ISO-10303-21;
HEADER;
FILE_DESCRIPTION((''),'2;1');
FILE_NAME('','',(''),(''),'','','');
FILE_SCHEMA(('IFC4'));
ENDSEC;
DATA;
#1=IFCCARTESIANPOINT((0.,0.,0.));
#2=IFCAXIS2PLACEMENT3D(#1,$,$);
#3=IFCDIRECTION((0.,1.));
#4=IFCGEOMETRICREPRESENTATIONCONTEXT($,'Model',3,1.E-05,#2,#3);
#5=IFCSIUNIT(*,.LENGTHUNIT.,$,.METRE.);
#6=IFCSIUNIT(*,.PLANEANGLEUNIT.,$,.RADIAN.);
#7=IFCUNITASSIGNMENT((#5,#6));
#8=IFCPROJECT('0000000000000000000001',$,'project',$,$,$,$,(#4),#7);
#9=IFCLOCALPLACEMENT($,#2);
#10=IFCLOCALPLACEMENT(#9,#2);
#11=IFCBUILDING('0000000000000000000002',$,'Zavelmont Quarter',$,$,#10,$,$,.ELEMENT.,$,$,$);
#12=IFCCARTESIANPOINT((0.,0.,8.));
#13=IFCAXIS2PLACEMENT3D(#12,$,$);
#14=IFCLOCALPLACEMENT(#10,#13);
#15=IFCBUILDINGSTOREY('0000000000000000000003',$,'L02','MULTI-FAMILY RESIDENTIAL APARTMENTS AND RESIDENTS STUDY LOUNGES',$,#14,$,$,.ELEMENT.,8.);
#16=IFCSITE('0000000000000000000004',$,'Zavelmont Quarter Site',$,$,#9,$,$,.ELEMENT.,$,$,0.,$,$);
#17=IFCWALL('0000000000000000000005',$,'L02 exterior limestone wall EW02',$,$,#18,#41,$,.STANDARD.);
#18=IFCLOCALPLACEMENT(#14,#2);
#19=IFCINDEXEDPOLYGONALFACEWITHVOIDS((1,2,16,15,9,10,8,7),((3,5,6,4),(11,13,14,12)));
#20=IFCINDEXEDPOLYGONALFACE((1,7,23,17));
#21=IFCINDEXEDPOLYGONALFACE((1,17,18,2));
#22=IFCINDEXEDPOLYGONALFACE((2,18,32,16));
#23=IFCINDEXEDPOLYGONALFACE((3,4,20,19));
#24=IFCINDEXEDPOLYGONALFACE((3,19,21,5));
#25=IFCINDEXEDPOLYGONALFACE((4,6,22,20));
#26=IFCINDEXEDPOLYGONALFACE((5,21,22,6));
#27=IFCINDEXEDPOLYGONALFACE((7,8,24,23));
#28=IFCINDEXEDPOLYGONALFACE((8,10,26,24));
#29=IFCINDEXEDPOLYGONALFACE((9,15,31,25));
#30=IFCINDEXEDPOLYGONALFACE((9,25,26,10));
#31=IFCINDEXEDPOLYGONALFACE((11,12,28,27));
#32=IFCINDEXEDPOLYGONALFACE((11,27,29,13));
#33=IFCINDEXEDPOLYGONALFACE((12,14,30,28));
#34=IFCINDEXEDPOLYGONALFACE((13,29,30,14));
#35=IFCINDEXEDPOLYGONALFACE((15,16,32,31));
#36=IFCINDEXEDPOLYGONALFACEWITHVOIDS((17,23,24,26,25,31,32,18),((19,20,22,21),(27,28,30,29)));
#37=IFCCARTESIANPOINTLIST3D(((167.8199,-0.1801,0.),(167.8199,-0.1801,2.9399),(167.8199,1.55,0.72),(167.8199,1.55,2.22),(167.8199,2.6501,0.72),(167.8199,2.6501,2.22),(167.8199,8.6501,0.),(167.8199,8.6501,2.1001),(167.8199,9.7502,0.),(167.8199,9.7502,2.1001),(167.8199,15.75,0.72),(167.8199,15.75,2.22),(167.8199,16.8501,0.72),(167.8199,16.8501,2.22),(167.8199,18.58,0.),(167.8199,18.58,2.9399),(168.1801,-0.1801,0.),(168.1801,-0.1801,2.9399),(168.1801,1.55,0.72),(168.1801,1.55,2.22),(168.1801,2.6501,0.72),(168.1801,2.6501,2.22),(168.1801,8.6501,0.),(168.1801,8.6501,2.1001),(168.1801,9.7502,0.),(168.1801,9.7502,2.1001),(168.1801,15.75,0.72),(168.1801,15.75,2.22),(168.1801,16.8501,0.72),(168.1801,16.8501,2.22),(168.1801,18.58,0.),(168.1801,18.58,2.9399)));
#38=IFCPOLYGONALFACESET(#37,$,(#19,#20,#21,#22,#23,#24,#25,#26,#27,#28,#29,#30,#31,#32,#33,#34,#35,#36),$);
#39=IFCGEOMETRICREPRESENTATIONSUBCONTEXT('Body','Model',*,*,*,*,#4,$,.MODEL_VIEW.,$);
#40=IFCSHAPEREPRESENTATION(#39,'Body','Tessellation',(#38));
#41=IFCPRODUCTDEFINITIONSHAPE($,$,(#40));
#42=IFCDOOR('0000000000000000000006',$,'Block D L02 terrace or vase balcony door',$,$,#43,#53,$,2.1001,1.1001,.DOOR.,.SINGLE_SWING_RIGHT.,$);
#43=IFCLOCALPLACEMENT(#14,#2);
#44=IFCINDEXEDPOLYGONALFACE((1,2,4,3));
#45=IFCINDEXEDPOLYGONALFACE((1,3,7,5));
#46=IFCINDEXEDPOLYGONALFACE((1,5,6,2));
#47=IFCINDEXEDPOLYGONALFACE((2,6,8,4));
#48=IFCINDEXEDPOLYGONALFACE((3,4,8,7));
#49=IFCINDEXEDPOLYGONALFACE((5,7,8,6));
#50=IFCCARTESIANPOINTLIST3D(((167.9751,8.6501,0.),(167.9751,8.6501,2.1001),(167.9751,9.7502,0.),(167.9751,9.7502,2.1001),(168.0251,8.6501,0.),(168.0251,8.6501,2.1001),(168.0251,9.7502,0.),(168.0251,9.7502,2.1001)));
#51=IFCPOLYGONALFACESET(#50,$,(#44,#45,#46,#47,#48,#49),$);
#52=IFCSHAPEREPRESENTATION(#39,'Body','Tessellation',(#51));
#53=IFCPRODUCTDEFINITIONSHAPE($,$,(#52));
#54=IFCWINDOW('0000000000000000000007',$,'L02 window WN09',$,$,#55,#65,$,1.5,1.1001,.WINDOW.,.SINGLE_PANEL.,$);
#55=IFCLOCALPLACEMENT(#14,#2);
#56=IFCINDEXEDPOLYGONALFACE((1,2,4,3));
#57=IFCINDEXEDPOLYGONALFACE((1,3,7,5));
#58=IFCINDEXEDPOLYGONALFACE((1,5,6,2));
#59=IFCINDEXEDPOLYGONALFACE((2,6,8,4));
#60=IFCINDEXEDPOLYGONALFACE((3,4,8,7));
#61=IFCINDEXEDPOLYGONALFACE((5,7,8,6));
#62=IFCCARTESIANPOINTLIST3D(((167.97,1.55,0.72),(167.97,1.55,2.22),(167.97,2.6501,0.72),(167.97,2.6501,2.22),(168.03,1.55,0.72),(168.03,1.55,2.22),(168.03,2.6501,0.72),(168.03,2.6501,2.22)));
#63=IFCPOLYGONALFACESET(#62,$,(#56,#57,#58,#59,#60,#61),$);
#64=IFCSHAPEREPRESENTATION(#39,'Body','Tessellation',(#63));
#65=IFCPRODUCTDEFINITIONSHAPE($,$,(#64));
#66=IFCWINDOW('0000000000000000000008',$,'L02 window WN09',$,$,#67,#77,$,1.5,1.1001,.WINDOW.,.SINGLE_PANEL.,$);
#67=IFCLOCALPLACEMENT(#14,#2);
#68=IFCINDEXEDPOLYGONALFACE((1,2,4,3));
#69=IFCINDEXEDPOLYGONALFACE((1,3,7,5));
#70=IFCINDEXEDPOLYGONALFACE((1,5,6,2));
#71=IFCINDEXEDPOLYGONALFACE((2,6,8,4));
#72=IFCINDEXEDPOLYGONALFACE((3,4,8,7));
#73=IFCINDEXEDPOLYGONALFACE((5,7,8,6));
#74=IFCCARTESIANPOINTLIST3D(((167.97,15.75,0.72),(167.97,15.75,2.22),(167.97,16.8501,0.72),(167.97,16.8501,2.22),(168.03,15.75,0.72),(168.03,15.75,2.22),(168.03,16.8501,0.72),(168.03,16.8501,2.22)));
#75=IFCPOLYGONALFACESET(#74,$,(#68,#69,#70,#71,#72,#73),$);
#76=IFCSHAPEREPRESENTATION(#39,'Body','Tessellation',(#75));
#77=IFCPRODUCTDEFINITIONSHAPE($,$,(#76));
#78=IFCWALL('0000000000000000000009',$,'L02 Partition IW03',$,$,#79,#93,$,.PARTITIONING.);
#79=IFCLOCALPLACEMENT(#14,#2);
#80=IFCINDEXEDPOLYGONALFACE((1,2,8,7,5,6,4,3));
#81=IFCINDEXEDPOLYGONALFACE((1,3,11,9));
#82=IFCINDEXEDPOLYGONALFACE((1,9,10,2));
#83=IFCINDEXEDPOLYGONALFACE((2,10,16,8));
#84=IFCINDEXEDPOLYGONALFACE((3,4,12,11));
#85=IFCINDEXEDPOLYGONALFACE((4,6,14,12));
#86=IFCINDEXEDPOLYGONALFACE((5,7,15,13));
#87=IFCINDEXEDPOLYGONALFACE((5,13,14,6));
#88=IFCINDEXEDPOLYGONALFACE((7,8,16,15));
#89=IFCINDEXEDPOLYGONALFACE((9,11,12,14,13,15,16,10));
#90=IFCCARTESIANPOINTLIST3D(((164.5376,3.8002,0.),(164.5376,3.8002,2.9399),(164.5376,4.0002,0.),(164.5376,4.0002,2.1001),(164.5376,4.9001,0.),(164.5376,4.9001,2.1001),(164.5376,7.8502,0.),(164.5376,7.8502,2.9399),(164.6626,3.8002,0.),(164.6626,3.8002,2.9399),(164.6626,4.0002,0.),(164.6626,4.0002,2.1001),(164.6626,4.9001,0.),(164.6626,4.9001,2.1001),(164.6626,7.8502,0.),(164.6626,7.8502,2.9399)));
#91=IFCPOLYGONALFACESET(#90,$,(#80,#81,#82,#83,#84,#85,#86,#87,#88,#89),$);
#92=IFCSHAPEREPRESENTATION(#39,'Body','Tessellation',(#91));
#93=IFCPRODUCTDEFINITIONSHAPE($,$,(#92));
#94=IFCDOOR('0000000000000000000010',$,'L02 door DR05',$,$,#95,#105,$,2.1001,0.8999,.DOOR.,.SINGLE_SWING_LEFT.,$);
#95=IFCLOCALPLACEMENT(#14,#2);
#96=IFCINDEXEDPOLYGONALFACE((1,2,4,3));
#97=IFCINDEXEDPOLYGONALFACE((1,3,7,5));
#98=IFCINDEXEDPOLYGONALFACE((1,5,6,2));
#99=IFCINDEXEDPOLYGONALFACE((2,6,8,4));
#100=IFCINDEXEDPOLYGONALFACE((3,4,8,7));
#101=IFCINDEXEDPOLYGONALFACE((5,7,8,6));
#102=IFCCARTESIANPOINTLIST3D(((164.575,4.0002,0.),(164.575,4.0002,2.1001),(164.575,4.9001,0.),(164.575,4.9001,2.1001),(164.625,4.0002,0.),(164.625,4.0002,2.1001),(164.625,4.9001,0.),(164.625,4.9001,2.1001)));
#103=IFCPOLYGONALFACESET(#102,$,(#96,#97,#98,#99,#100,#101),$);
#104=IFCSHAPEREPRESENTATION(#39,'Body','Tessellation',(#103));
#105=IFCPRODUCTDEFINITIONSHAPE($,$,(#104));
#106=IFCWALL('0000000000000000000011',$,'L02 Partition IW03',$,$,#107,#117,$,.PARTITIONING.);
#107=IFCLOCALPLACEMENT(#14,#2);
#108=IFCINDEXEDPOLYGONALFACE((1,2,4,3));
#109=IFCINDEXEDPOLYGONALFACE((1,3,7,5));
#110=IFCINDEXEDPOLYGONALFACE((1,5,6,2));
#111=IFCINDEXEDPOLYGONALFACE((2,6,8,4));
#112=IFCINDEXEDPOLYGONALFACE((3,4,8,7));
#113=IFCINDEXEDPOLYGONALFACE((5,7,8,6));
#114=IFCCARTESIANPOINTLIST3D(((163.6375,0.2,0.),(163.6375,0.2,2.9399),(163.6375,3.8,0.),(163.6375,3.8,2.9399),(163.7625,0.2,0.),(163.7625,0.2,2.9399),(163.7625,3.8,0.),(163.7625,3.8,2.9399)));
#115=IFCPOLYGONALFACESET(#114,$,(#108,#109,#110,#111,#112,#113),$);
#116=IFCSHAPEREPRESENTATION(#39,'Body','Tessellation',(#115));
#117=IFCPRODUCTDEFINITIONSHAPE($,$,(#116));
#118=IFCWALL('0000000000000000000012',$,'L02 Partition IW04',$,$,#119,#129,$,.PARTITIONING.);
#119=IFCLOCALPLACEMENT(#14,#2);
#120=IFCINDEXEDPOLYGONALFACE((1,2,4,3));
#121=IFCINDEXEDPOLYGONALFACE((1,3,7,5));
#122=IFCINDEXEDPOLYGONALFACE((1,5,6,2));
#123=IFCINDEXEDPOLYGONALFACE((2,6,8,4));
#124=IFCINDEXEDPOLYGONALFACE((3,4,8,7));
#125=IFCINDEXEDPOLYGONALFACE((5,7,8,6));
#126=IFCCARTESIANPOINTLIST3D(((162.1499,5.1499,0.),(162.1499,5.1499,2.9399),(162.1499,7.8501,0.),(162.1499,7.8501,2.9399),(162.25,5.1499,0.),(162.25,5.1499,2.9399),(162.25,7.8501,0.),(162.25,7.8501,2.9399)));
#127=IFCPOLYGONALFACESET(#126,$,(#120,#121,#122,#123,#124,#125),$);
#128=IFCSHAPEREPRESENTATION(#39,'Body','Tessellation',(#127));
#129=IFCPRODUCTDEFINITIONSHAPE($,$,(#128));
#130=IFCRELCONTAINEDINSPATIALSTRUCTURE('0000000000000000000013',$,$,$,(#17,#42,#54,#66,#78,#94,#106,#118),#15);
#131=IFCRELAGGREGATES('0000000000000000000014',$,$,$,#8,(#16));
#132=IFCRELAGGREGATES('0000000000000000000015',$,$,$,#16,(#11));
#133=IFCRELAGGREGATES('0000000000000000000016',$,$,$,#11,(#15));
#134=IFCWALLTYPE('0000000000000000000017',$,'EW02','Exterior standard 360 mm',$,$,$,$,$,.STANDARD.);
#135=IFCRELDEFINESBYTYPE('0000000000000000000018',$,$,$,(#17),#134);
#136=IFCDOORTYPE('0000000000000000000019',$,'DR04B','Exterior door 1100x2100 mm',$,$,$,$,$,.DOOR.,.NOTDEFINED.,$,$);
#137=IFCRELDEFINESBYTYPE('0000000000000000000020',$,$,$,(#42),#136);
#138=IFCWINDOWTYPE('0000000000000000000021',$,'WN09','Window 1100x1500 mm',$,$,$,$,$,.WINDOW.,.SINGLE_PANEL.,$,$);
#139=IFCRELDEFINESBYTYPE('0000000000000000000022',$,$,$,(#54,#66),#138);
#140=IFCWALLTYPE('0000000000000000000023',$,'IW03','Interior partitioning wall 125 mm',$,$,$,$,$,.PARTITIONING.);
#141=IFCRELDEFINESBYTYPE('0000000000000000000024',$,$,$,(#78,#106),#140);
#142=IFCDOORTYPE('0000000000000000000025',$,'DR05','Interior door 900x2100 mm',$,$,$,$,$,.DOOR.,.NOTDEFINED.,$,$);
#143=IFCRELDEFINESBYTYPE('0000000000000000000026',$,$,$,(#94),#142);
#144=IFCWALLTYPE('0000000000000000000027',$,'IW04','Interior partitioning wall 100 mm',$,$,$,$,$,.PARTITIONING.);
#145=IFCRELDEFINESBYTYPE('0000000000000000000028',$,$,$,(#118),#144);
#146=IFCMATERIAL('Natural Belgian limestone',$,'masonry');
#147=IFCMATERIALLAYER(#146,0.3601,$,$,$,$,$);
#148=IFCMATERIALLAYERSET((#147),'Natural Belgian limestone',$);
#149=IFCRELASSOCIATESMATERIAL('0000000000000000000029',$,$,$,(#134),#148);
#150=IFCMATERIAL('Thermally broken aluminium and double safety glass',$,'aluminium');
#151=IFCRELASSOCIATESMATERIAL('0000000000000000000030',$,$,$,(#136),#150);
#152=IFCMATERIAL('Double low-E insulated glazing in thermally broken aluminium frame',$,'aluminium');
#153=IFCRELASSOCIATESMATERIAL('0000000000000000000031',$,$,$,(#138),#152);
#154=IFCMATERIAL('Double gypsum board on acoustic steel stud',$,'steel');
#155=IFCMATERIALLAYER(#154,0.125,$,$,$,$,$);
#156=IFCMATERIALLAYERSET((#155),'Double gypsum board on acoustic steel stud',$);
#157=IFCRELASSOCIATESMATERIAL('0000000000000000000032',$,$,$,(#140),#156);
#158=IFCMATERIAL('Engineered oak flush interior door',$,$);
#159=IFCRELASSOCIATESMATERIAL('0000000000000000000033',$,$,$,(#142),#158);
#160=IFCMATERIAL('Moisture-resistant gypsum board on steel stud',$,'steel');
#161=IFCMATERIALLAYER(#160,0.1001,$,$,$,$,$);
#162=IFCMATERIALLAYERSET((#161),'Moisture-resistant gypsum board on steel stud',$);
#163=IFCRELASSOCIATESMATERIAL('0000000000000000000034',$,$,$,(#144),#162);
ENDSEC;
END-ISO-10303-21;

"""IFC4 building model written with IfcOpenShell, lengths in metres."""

from ifc_helpers import new_model, si_unit, direction, frame, frame_2d, origin, origin_with_axes, place, context, subcontext, project, spatial, rectangle, extrude, material, layer, layer_set, type_object, element, fill, save


model = new_model("IFC4")

# Units and contexts
model_context = context("Model", 3, precision=1e-05, world=origin(), true_north=direction((0.0, 1.0)))
body_context = subcontext(model_context, "Body", "Model", "MODEL_VIEW")
ifc_project = project(units=[si_unit("LENGTHUNIT", "METRE"), si_unit("PLANEANGLEUNIT", "RADIAN")], contexts=[model_context])

# Site, building, storey
site_placement = place(None, origin())
site = spatial("IfcSite", under=ifc_project, at=site_placement, Name="Zavelmont Quarter Site", CompositionType="ELEMENT", RefElevation=0.0)
building_placement = place(site_placement, origin())
building = spatial("IfcBuilding", under=site, at=building_placement, Name="Zavelmont Quarter", CompositionType="ELEMENT")
storey_placement = place(building_placement, frame((0.0, 0.0, 8.0)))
storey = spatial("IfcBuildingStorey", under=building, at=storey_placement, Name="L02", Description="MULTI-FAMILY RESIDENTIAL APARTMENTS AND RESIDENTS STUDY LOUNGES", CompositionType="ELEMENT", Elevation=8.0)

# Wall, openings, door, windows
ifc_material_1 = material(Name="Natural Belgian limestone", Category="masonry")
ifc_layer_1 = layer(ifc_material_1, 0.3601)
ifc_layer_set_1 = layer_set([ifc_layer_1], Name="Natural Belgian limestone")
wall_type_1 = type_object("IfcWallType", Name="EW02", Description="Exterior standard 360 mm", PredefinedType="STANDARD", material=ifc_layer_set_1)
wall_1_placement = place(storey_placement, frame((168.0, -0.1799, 0.0), z_axis=(0.0, 0.0, 1.0), x_axis=(0.0, 1.0, 0.0)))
wall_1 = element("IfcWall", 1, at=wall_1_placement, inside=storey, type_object=wall_type_1, Name="L02 exterior limestone wall EW02", PredefinedType="STANDARD", context=body_context, shape_type="SweptSolid", body=[
    extrude(rectangle(XDim=18.76, YDim=0.3601, at=frame_2d((9.3799, 0.0))), origin(), (0.0, 0.0, 1.0), 2.9399),
])
opening_1_placement = place(wall_1_placement, frame((8.8301, 0.0, 0.0)))
opening_1 = element("IfcOpeningElement", 2, at=opening_1_placement, cuts=wall_1, PredefinedType="OPENING", context=body_context, shape_type="SweptSolid", body=[
    extrude(rectangle(XDim=1.1001, YDim=2.1001, at=frame_2d((0.55, 1.05))), frame((0.0, 0.1919, 0.0), z_axis=(0.0, -1.0, 0.0), x_axis=(1.0, 0.0, 0.0)), (0.0, 0.0, 1.0), 0.384),
])
opening_2_placement = place(wall_1_placement, frame((1.73, 0.0, 0.72)))
opening_2 = element("IfcOpeningElement", 3, at=opening_2_placement, cuts=wall_1, PredefinedType="OPENING", context=body_context, shape_type="SweptSolid", body=[
    extrude(rectangle(XDim=1.1001, YDim=1.5, at=frame_2d((0.55, 0.75))), frame((0.0, 0.1919, 0.0), z_axis=(0.0, -1.0, 0.0), x_axis=(1.0, 0.0, 0.0)), (0.0, 0.0, 1.0), 0.384),
])
opening_3_placement = place(wall_1_placement, frame((15.9299, 0.0, 0.72)))
opening_3 = element("IfcOpeningElement", 4, at=opening_3_placement, cuts=wall_1, PredefinedType="OPENING", context=body_context, shape_type="SweptSolid", body=[
    extrude(rectangle(XDim=1.1001, YDim=1.5, at=frame_2d((0.55, 0.75))), frame((0.0, 0.1919, 0.0), z_axis=(0.0, -1.0, 0.0), x_axis=(1.0, 0.0, 0.0)), (0.0, 0.0, 1.0), 0.384),
])
ifc_material_2 = material(Name="Thermally broken aluminium and double safety glass", Category="aluminium")
door_type_1 = type_object("IfcDoorType", Name="DR04B", Description="Exterior door 1100x2100 mm", OperationType="NOTDEFINED", PredefinedType="DOOR", material=ifc_material_2)
door_1_placement = place(opening_1_placement, origin_with_axes())
door_1 = element("IfcDoor", 5, at=door_1_placement, inside=storey, type_object=door_type_1, Name="Block D L02 terrace or vase balcony door", OperationType="SINGLE_SWING_RIGHT", OverallHeight=2.1001, OverallWidth=1.1001, PredefinedType="DOOR", context=body_context, shape_type="SweptSolid", body=[
    extrude(rectangle(XDim=1.1001, YDim=2.1001, at=frame_2d((0.55, 1.05))), frame((0.0, 0.0249, 0.0), z_axis=(0.0, -1.0, 0.0), x_axis=(1.0, 0.0, 0.0)), (0.0, 0.0, 1.0), 0.05),
])
fill(opening_1, door_1)
ifc_material_3 = material(Name="Double low-E insulated glazing in thermally broken aluminium frame", Category="aluminium")
window_type = type_object("IfcWindowType", Name="WN09", Description="Window 1100x1500 mm", PartitioningType="SINGLE_PANEL", PredefinedType="WINDOW", material=ifc_material_3)
window_1_placement = place(opening_2_placement, origin_with_axes())
window_1 = element("IfcWindow", 6, at=window_1_placement, inside=storey, type_object=window_type, Name="L02 window WN09", OverallHeight=1.5, OverallWidth=1.1001, PartitioningType="SINGLE_PANEL", PredefinedType="WINDOW", context=body_context, shape_type="SweptSolid", body=[
    extrude(rectangle(XDim=1.1001, YDim=1.5, at=frame_2d((0.55, 0.75))), frame((0.0, 0.03, 0.0), z_axis=(0.0, -1.0, 0.0), x_axis=(1.0, 0.0, 0.0)), (0.0, 0.0, 1.0), 0.0601),
])
fill(opening_2, window_1)
window_2_placement = place(opening_3_placement, origin_with_axes())
window_2 = element("IfcWindow", 7, at=window_2_placement, inside=storey, type_object=window_type, Name="L02 window WN09", OverallHeight=1.5, OverallWidth=1.1001, PartitioningType="SINGLE_PANEL", PredefinedType="WINDOW", context=body_context, shape_type="SweptSolid", body=[
    extrude(rectangle(XDim=1.1001, YDim=1.5, at=frame_2d((0.55, 0.75))), frame((0.0, 0.03, 0.0), z_axis=(0.0, -1.0, 0.0), x_axis=(1.0, 0.0, 0.0)), (0.0, 0.0, 1.0), 0.0601),
])
fill(opening_3, window_2)

# Wall, opening, door
ifc_material_4 = material(Name="Double gypsum board on acoustic steel stud", Category="steel")
ifc_layer_2 = layer(ifc_material_4, 0.125)
ifc_layer_set_2 = layer_set([ifc_layer_2], Name="Double gypsum board on acoustic steel stud")
wall_type_2 = type_object("IfcWallType", Name="IW03", Description="Interior partitioning wall 125 mm", PredefinedType="PARTITIONING", material=ifc_layer_set_2)
wall_2_placement = place(storey_placement, frame((164.6001, 7.8501, 0.0), z_axis=(0.0, 0.0, 1.0), x_axis=(0.0, -1.0, 0.0)))
wall_2 = element("IfcWall", 8, at=wall_2_placement, inside=storey, type_object=wall_type_2, Name="L02 Partition IW03", PredefinedType="PARTITIONING", context=body_context, shape_type="SweptSolid", body=[
    extrude(rectangle(XDim=4.05, YDim=0.125, at=frame_2d((2.0249, 0.0))), origin(), (0.0, 0.0, 1.0), 2.9399),
])
opening_4_placement = place(wall_2_placement, frame((2.95, 0.0, 0.0)))
opening_4 = element("IfcOpeningElement", 9, at=opening_4_placement, cuts=wall_2, PredefinedType="OPENING", context=body_context, shape_type="SweptSolid", body=[
    extrude(rectangle(XDim=0.8999, YDim=2.1001, at=frame_2d((0.45, 1.05))), frame((0.0, 0.0745, 0.0), z_axis=(0.0, -1.0, 0.0), x_axis=(1.0, 0.0, 0.0)), (0.0, 0.0, 1.0), 0.1489),
])
ifc_material_5 = material(Name="Engineered oak flush interior door")
door_type_2 = type_object("IfcDoorType", Name="DR05", Description="Interior door 900x2100 mm", OperationType="NOTDEFINED", PredefinedType="DOOR", material=ifc_material_5)
door_2_placement = place(opening_4_placement, origin_with_axes())
door_2 = element("IfcDoor", 10, at=door_2_placement, inside=storey, type_object=door_type_2, Name="L02 door DR05", OperationType="SINGLE_SWING_LEFT", OverallHeight=2.1001, OverallWidth=0.8999, PredefinedType="DOOR", context=body_context, shape_type="SweptSolid", body=[
    extrude(rectangle(XDim=0.8999, YDim=2.1001, at=frame_2d((0.45, 1.05))), frame((0.0, 0.0249, 0.0), z_axis=(0.0, -1.0, 0.0), x_axis=(1.0, 0.0, 0.0)), (0.0, 0.0, 1.0), 0.05),
])
fill(opening_4, door_2)

# Walls
wall_3_placement = place(storey_placement, frame((163.7, 3.8, 0.0), z_axis=(0.0, 0.0, 1.0), x_axis=(0.0, -1.0, 0.0)))
element("IfcWall", 11, at=wall_3_placement, inside=storey, type_object=wall_type_2, Name="L02 Partition IW03", PredefinedType="PARTITIONING", context=body_context, shape_type="SweptSolid", body=[
    extrude(rectangle(XDim=3.6001, YDim=0.125, at=frame_2d((1.8, 0.0))), origin(), (0.0, 0.0, 1.0), 2.9399),
])
ifc_material_6 = material(Name="Moisture-resistant gypsum board on steel stud", Category="steel")
ifc_layer_3 = layer(ifc_material_6, 0.1001)
ifc_layer_set_3 = layer_set([ifc_layer_3], Name="Moisture-resistant gypsum board on steel stud")
wall_type_3 = type_object("IfcWallType", Name="IW04", Description="Interior partitioning wall 100 mm", PredefinedType="PARTITIONING", material=ifc_layer_set_3)
wall_4_placement = place(storey_placement, frame((162.2, 7.8501, 0.0), z_axis=(0.0, 0.0, 1.0), x_axis=(0.0, -1.0, 0.0)))
element("IfcWall", 12, at=wall_4_placement, inside=storey, type_object=wall_type_3, Name="L02 Partition IW04", PredefinedType="PARTITIONING", context=body_context, shape_type="SweptSolid", body=[
    extrude(rectangle(XDim=2.7002, YDim=0.1001, at=frame_2d((1.3501, 0.0))), origin(), (0.0, 0.0, 1.0), 2.9399),
])

save(model, "model.ifc")
